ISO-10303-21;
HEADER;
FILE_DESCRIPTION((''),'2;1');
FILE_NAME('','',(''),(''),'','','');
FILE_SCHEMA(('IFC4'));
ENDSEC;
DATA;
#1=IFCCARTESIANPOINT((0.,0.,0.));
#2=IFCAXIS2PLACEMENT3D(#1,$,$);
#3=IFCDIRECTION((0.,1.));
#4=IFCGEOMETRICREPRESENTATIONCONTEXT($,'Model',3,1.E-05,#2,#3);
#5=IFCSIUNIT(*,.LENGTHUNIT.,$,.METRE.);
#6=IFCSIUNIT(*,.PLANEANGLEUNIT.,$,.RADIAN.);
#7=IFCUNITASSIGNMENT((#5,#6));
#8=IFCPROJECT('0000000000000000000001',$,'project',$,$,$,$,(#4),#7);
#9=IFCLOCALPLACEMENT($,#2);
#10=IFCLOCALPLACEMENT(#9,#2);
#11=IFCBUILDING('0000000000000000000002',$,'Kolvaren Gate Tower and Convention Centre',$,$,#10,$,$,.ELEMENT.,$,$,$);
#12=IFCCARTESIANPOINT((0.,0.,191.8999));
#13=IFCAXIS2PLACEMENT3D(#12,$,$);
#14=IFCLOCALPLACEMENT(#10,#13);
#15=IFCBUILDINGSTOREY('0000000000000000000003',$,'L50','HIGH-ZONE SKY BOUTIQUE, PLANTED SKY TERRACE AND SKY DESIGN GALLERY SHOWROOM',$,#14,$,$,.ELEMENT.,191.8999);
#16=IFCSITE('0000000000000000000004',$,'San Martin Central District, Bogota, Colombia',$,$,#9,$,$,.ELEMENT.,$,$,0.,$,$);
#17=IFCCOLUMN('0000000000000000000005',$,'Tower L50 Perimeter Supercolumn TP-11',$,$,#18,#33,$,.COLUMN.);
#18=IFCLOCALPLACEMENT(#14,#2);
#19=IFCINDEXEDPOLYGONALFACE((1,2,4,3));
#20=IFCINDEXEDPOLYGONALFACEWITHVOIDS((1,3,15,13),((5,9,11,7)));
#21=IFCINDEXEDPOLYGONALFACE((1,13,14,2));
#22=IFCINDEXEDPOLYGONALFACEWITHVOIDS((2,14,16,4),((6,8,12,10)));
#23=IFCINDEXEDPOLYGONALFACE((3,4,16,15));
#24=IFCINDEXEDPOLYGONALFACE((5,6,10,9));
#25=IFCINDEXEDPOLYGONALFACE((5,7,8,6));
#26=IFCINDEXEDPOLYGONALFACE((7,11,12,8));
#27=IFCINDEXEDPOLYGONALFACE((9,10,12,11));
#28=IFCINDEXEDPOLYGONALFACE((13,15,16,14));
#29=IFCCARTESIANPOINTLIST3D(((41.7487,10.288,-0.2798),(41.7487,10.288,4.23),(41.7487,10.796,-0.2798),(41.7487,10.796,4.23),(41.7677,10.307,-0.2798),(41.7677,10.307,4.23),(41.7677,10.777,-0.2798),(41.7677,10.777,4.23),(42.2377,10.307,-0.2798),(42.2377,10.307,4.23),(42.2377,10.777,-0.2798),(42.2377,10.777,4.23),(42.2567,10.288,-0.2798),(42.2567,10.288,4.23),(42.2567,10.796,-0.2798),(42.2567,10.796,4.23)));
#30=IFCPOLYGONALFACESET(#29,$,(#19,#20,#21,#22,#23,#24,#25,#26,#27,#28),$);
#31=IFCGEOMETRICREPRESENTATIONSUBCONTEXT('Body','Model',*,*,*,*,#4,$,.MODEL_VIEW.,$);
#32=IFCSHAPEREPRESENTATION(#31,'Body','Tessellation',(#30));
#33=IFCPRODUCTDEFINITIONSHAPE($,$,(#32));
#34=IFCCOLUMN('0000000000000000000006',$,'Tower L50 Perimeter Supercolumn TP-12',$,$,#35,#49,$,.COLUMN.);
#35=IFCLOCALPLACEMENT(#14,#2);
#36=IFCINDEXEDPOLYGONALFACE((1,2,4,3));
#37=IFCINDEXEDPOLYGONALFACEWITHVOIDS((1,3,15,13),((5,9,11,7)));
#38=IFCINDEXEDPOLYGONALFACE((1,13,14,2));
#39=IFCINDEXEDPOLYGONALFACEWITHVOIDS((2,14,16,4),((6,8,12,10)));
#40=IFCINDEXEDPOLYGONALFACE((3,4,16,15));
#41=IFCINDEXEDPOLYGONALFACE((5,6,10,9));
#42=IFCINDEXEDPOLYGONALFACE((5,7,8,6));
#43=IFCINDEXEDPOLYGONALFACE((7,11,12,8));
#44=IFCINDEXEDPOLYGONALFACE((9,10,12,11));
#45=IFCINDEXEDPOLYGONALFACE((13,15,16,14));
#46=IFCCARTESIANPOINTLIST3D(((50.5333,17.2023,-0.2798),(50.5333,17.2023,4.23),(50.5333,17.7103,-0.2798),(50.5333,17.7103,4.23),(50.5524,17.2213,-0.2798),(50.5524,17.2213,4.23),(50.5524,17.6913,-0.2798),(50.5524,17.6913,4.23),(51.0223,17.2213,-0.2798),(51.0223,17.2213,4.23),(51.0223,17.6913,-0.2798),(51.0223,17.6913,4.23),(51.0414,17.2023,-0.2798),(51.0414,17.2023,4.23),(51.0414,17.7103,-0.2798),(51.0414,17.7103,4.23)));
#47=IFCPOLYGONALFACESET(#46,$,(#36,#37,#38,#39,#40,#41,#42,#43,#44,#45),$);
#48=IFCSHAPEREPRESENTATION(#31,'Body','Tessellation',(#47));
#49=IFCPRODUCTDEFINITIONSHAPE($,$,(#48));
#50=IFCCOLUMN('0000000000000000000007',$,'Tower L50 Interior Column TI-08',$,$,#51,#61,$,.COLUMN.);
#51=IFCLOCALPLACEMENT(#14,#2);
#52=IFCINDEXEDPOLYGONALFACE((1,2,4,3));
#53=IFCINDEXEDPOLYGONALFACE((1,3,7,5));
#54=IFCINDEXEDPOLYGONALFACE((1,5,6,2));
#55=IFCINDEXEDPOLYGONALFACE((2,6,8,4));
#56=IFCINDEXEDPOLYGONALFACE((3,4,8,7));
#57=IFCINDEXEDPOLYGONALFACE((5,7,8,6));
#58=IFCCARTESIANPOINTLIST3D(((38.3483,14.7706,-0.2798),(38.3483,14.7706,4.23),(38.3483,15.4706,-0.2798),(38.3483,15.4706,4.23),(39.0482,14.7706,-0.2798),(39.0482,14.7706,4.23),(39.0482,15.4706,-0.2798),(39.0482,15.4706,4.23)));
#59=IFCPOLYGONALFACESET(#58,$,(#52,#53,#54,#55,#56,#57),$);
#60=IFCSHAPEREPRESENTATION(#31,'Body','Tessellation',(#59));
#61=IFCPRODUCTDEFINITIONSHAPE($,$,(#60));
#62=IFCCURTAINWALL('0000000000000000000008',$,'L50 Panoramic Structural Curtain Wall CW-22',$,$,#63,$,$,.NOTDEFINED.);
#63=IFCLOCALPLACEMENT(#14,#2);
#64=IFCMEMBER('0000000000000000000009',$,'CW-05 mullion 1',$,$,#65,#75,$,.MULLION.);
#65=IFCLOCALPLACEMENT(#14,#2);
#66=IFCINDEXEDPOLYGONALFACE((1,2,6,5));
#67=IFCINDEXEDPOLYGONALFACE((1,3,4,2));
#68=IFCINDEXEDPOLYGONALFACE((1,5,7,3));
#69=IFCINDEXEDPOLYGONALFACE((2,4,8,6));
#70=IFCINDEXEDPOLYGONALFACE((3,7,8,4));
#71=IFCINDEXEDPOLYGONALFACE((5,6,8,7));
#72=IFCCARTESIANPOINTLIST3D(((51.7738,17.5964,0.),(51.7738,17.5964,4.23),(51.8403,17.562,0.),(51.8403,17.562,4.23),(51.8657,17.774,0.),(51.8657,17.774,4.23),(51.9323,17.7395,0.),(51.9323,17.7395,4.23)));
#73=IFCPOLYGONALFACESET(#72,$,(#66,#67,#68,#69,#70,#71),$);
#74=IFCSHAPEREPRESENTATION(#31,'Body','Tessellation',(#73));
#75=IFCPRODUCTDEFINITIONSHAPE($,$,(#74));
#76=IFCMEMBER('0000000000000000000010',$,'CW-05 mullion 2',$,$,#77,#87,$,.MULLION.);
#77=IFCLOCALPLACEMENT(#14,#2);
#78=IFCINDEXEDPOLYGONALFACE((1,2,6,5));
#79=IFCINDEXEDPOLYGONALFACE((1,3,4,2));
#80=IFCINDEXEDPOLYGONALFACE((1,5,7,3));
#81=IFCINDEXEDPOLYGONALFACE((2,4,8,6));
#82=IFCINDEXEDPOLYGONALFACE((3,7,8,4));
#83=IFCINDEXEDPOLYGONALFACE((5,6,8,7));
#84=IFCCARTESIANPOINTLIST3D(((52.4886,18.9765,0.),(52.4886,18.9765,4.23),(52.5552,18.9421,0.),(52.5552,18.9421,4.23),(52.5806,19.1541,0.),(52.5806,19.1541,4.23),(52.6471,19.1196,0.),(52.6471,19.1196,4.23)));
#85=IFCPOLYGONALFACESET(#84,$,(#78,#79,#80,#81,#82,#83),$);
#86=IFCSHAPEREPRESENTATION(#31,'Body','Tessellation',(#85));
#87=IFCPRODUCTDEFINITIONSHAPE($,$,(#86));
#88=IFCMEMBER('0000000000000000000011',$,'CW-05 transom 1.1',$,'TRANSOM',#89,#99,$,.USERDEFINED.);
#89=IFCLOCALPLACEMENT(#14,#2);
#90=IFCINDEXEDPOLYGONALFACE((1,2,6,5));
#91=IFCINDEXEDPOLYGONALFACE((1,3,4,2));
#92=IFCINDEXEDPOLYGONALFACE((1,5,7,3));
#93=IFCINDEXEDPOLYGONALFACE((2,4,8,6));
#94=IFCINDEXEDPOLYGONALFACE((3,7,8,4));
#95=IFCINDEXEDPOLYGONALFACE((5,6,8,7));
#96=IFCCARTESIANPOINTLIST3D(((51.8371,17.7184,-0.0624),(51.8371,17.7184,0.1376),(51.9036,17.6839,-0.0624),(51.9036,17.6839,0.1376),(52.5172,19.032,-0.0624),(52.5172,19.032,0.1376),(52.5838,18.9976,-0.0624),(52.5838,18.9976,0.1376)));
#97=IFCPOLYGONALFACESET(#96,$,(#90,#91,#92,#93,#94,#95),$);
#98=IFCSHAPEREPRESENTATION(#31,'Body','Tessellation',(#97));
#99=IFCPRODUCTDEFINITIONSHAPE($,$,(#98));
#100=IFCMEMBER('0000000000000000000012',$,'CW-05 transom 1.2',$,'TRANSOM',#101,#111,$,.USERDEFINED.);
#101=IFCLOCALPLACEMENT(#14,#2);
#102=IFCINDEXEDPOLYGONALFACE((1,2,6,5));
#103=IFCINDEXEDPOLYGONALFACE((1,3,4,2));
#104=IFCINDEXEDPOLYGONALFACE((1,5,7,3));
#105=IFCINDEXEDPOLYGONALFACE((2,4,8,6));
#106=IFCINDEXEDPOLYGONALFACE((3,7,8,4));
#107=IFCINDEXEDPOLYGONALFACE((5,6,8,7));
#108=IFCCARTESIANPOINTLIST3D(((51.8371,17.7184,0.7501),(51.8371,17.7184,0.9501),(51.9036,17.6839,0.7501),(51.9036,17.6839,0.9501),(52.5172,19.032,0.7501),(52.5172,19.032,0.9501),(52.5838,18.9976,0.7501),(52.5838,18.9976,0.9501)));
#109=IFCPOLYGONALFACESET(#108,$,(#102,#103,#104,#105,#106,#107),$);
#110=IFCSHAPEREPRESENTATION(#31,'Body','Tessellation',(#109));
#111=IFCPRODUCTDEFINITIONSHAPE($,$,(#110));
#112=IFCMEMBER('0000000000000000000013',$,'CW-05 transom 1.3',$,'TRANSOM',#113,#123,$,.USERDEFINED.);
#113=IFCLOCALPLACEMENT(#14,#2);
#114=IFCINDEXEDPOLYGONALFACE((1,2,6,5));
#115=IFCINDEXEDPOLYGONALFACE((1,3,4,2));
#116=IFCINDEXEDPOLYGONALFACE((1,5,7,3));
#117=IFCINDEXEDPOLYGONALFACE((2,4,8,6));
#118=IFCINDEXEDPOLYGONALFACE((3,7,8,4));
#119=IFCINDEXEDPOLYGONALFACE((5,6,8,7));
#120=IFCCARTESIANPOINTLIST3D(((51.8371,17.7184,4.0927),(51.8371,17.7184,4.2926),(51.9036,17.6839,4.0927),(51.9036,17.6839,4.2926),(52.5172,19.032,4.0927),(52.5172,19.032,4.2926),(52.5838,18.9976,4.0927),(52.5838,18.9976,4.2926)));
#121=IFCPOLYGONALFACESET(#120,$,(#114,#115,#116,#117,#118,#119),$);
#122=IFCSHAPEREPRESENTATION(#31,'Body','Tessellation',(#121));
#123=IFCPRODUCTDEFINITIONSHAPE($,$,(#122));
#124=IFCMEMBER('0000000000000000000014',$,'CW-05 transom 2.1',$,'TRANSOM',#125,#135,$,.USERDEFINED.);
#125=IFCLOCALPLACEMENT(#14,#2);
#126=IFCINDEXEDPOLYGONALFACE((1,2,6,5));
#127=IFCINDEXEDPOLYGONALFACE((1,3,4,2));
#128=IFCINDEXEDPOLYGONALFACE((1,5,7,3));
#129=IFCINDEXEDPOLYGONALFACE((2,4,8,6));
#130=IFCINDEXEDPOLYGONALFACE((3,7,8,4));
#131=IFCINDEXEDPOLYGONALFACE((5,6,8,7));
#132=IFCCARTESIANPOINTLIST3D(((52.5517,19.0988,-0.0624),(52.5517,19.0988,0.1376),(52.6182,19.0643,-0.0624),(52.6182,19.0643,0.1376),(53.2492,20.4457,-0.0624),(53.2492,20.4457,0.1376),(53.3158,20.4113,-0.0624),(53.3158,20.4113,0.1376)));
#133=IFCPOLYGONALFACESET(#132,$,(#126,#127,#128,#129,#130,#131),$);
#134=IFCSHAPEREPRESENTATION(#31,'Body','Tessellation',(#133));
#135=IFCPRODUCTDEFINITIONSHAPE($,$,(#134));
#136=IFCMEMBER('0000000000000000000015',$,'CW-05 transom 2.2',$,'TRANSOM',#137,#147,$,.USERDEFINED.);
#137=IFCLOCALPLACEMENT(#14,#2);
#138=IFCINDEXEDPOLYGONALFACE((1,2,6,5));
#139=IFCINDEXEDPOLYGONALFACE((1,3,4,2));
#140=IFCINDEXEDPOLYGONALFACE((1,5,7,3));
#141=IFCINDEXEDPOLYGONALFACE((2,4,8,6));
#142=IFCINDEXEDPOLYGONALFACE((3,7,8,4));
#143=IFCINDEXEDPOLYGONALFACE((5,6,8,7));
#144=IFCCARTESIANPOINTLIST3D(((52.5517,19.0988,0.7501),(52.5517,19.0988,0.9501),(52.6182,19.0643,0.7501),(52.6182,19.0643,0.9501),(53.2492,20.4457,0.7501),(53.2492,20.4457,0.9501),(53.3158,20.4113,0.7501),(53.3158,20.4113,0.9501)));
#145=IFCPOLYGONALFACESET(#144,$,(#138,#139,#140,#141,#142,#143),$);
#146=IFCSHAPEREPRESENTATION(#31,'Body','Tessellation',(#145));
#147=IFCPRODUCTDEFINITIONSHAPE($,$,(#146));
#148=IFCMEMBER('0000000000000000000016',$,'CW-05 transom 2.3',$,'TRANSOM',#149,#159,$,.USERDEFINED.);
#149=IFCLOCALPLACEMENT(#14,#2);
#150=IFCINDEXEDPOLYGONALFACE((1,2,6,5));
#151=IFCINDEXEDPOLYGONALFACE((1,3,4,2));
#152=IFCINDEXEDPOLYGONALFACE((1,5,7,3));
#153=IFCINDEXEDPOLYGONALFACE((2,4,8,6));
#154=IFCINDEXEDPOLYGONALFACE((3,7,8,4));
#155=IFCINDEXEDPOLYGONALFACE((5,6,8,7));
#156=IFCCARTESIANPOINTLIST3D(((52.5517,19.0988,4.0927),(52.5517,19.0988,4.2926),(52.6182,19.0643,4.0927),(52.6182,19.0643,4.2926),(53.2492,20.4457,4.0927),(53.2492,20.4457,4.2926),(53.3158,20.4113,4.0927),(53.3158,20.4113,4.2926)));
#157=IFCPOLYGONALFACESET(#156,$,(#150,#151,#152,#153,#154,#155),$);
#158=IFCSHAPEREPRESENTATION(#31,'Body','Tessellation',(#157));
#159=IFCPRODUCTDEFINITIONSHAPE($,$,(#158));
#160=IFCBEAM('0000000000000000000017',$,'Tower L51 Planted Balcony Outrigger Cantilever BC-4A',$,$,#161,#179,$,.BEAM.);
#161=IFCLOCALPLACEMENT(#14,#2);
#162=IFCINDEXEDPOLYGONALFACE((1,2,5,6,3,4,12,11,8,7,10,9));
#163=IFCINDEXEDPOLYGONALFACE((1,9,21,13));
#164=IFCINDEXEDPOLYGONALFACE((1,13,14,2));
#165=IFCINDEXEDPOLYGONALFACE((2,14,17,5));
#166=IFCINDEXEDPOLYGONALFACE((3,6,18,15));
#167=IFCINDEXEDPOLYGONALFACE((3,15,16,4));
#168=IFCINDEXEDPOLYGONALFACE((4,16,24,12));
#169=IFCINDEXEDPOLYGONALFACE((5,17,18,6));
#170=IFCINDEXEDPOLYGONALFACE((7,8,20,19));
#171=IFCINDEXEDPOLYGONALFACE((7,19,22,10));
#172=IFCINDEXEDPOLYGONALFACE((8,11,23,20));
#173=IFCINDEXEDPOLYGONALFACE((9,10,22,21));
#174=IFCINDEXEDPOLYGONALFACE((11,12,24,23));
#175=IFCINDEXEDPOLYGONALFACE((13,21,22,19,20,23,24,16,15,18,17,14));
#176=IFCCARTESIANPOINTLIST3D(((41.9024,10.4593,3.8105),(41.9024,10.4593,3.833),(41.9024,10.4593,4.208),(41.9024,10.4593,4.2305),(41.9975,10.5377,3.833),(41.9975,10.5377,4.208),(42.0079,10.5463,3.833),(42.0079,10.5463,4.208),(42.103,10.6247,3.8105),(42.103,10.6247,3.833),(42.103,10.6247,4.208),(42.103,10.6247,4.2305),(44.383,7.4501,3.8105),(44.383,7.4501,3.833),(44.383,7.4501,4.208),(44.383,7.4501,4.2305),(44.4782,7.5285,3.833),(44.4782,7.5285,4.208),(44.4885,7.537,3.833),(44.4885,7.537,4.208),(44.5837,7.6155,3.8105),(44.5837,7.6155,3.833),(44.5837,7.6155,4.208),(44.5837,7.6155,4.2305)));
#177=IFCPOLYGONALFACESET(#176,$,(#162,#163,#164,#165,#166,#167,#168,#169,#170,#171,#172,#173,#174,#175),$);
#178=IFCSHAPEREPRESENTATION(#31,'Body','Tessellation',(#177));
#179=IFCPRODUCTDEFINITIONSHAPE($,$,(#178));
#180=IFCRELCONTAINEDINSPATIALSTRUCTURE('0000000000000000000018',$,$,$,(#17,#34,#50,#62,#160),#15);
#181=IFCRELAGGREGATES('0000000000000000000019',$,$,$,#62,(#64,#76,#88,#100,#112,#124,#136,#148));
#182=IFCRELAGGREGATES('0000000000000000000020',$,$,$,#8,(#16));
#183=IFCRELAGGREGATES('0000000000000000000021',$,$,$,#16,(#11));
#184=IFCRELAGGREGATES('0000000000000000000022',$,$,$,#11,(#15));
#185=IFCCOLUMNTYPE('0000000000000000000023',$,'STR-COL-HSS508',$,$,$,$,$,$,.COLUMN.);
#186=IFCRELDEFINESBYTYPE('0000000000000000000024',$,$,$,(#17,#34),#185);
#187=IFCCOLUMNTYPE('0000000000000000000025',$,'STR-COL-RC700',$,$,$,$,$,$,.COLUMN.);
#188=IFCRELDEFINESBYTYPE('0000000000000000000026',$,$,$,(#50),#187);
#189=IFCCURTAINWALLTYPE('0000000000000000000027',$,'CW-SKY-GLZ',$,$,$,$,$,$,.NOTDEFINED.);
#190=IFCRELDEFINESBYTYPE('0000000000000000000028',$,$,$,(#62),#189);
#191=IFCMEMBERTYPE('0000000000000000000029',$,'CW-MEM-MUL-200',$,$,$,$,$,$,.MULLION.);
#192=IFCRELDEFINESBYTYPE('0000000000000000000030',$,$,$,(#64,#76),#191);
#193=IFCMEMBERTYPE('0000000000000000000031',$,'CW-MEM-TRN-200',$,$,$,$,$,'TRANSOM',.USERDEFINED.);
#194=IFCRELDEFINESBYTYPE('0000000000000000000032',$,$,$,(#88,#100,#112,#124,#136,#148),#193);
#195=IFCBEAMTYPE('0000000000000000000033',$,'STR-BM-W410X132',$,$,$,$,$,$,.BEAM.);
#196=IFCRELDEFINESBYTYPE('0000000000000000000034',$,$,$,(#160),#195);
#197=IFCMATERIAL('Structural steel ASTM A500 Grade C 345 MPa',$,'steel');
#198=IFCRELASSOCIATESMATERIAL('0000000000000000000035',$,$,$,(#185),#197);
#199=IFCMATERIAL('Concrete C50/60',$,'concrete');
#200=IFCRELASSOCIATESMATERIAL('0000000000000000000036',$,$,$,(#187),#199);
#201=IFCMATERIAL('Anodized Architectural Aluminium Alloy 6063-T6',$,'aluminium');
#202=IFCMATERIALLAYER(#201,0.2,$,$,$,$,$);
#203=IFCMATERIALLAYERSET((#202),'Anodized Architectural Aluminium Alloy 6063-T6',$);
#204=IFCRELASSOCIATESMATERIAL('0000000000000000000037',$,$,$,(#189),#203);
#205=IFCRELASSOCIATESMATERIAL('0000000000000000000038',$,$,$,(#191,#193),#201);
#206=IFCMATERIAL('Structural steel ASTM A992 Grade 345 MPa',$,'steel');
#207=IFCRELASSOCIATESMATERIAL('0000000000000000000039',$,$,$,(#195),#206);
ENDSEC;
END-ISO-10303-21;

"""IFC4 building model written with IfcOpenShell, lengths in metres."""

from ifc_helpers import new_model, si_unit, direction, frame, origin, origin_2d, place, context, subcontext, project, spatial, rectangle, hollow_rectangle, i_section, extrude, material, layer, layer_set, material_profile, profile_set, type_object, element, aggregate, save


model = new_model("IFC4")

# Units and contexts
model_context = context("Model", 3, precision=1e-05, world=origin(), true_north=direction((0.0, 1.0)))
body_context = subcontext(model_context, "Body", "Model", "MODEL_VIEW")
ifc_project = project(units=[si_unit("LENGTHUNIT", "METRE"), si_unit("PLANEANGLEUNIT", "RADIAN")], contexts=[model_context])

# Site, building, storey
site_placement = place(None, origin())
site = spatial("IfcSite", under=ifc_project, at=site_placement, Name="San Martin Central District, Bogota, Colombia", CompositionType="ELEMENT", RefElevation=0.0)
building_placement = place(site_placement, origin())
building = spatial("IfcBuilding", under=site, at=building_placement, Name="Kolvaren Gate Tower and Convention Centre", CompositionType="ELEMENT")
storey_placement = place(building_placement, frame((0.0, 0.0, 191.8999)))
storey = spatial("IfcBuildingStorey", under=building, at=storey_placement, Name="L50", Description="HIGH-ZONE SKY BOUTIQUE, PLANTED SKY TERRACE AND SKY DESIGN GALLERY SHOWROOM", CompositionType="ELEMENT", Elevation=191.8999)

# Columns
ifc_material_1 = material(Name="Structural steel ASTM A500 Grade C 345 MPa", Category="steel")
ifc_material_profile_1 = material_profile(ifc_material_1, hollow_rectangle(XDim=0.5081, YDim=0.5081, WallThickness=0.019, at=origin_2d()), Name="HSS508X508X19.1")
ifc_profile_set_1 = profile_set([ifc_material_profile_1], Name="Structural steel ASTM A500 Grade C 345 MPa")
column_type_1 = type_object("IfcColumnType", Name="STR-COL-HSS508", PredefinedType="COLUMN", material=ifc_profile_set_1)
for number, where, z_axis, x_axis, name in (
    (1, (42.0027, 10.542, -0.2798), (0.0, 0.0, 1.0), (1.0, 0.0, 0.0), "Tower L50 Perimeter Supercolumn TP-11"),
    (2, (50.7874, 17.4563, -0.2798), (0.0, 0.0, 1.0), (1.0, 0.0, 0.0), "Tower L50 Perimeter Supercolumn TP-12"),
):
    element("IfcColumn", number, at=place(storey_placement, frame(where, z_axis=z_axis, x_axis=x_axis)), inside=storey, type_object=column_type_1, Name=name, PredefinedType="COLUMN", context=body_context, shape_type="SweptSolid", body=[
        extrude(hollow_rectangle(XDim=0.5081, YDim=0.5081, WallThickness=0.019, at=origin_2d()), origin(), (0.0, 0.0, 1.0), 4.5098),
    ])
ifc_material_2 = material(Name="Concrete C50/60", Category="concrete")
ifc_material_profile_2 = material_profile(ifc_material_2, rectangle(XDim=0.7, YDim=0.7, at=origin_2d()), Name="RC-COL-700X700")
ifc_profile_set_2 = profile_set([ifc_material_profile_2], Name="Concrete C50/60")
column_type_2 = type_object("IfcColumnType", Name="STR-COL-RC700", PredefinedType="COLUMN", material=ifc_profile_set_2)
column_placement = place(storey_placement, frame((38.6982, 15.1206, -0.2798), z_axis=(0.0, 0.0, 1.0), x_axis=(1.0, 0.0, 0.0)))
element("IfcColumn", 3, at=column_placement, inside=storey, type_object=column_type_2, Name="Tower L50 Interior Column TI-08", PredefinedType="COLUMN", context=body_context, shape_type="SweptSolid", body=[
    extrude(rectangle(XDim=0.7, YDim=0.7, at=origin_2d()), origin(), (0.0, 0.0, 1.0), 4.5098),
])

# Curtain wall, members
ifc_material_3 = material(Name="Anodized Architectural Aluminium Alloy 6063-T6", Category="aluminium")
ifc_layer_1 = layer(ifc_material_3, 0.2)
ifc_layer_set_1 = layer_set([ifc_layer_1], Name="Anodized Architectural Aluminium Alloy 6063-T6")
curtain_wall_type = type_object("IfcCurtainWallType", Name="CW-SKY-GLZ", PredefinedType="NOTDEFINED", material=ifc_layer_set_1)
curtain_wall_placement = place(storey_placement, origin())
curtain_wall = element("IfcCurtainWall", 4, at=curtain_wall_placement, inside=storey, type_object=curtain_wall_type, Name="L50 Panoramic Structural Curtain Wall CW-22", PredefinedType="NOTDEFINED")
ifc_material_profile_3 = material_profile(ifc_material_3, rectangle(XDim=0.075, YDim=0.2, at=origin_2d()), Name="CW-MEM-MUL-200")
ifc_profile_set_3 = profile_set([ifc_material_profile_3], Name="Anodized Architectural Aluminium Alloy 6063-T6")
member_type_1 = type_object("IfcMemberType", Name="CW-MEM-MUL-200", PredefinedType="MULLION", material=ifc_profile_set_3)
member_1_placement = place(storey_placement, frame((51.853, 17.668, 0.0), z_axis=(0.0, 0.0, 1.0), x_axis=(-0.888023, 0.4598, 0.0)))
member_1 = element("IfcMember", 5, at=member_1_placement, type_object=member_type_1, Name="CW-05 mullion 1", PredefinedType="MULLION", context=body_context, shape_type="SweptSolid", body=[
    extrude(rectangle(XDim=0.075, YDim=0.2, at=origin_2d()), origin(), (0.0, 0.0, 1.0), 4.23),
])
member_2_placement = place(storey_placement, frame((52.5679, 19.0481, 0.0), z_axis=(0.0, 0.0, 1.0), x_axis=(-0.888023, 0.4598, 0.0)))
member_2 = element("IfcMember", 6, at=member_2_placement, type_object=member_type_1, Name="CW-05 mullion 2", PredefinedType="MULLION", context=body_context, shape_type="SweptSolid", body=[
    extrude(rectangle(XDim=0.075, YDim=0.2, at=origin_2d()), origin(), (0.0, 0.0, 1.0), 4.23),
])
ifc_material_profile_4 = material_profile(ifc_material_3, rectangle(XDim=0.075, YDim=0.2, at=origin_2d()), Name="CW-MEM-TRN-200")
ifc_profile_set_4 = profile_set([ifc_material_profile_4], Name="Anodized Architectural Aluminium Alloy 6063-T6")
member_type_2 = type_object("IfcMemberType", Name="CW-MEM-TRN-200", ElementType="TRANSOM", PredefinedType="USERDEFINED", material=ifc_profile_set_4)
member_3_placement = place(storey_placement, frame((51.8704, 17.7012, 0.0376), z_axis=(0.459778, 0.888034, 0.0), x_axis=(-0.888034, 0.459778, 0.0)))
member_3 = element("IfcMember", 7, at=member_3_placement, type_object=member_type_2, Name="CW-05 transom 1.1", ObjectType="TRANSOM", PredefinedType="USERDEFINED", context=body_context, shape_type="SweptSolid", body=[
    extrude(rectangle(XDim=0.075, YDim=0.2, at=origin_2d()), origin(), (0.0, 0.0, 1.0), 1.4792),
])
member_4_placement = place(storey_placement, frame((51.8704, 17.7012, 0.8501), z_axis=(0.459778, 0.888034, 0.0), x_axis=(-0.888034, 0.459778, 0.0)))
member_4 = element("IfcMember", 8, at=member_4_placement, type_object=member_type_2, Name="CW-05 transom 1.2", ObjectType="TRANSOM", PredefinedType="USERDEFINED", context=body_context, shape_type="SweptSolid", body=[
    extrude(rectangle(XDim=0.075, YDim=0.2, at=origin_2d()), origin(), (0.0, 0.0, 1.0), 1.4792),
])
member_5_placement = place(storey_placement, frame((51.8704, 17.7012, 4.1926), z_axis=(0.459778, 0.888034, 0.0), x_axis=(-0.888034, 0.459778, 0.0)))
member_5 = element("IfcMember", 9, at=member_5_placement, type_object=member_type_2, Name="CW-05 transom 1.3", ObjectType="TRANSOM", PredefinedType="USERDEFINED", context=body_context, shape_type="SweptSolid", body=[
    extrude(rectangle(XDim=0.075, YDim=0.2, at=origin_2d()), origin(), (0.0, 0.0, 1.0), 1.4792),
])
member_6_placement = place(storey_placement, frame((52.585, 19.0815, 0.0376), z_axis=(0.459852, 0.887996, 0.0), x_axis=(-0.887996, 0.459852, 0.0)))
member_6 = element("IfcMember", 10, at=member_6_placement, type_object=member_type_2, Name="CW-05 transom 2.1", ObjectType="TRANSOM", PredefinedType="USERDEFINED", context=body_context, shape_type="SweptSolid", body=[
    extrude(rectangle(XDim=0.075, YDim=0.2, at=origin_2d()), origin(), (0.0, 0.0, 1.0), 1.5168),
])
member_7_placement = place(storey_placement, frame((52.585, 19.0815, 0.8501), z_axis=(0.459852, 0.887996, 0.0), x_axis=(-0.887996, 0.459852, 0.0)))
member_7 = element("IfcMember", 11, at=member_7_placement, type_object=member_type_2, Name="CW-05 transom 2.2", ObjectType="TRANSOM", PredefinedType="USERDEFINED", context=body_context, shape_type="SweptSolid", body=[
    extrude(rectangle(XDim=0.075, YDim=0.2, at=origin_2d()), origin(), (0.0, 0.0, 1.0), 1.5168),
])
member_8_placement = place(storey_placement, frame((52.585, 19.0815, 4.1926), z_axis=(0.459852, 0.887996, 0.0), x_axis=(-0.887996, 0.459852, 0.0)))
member_8 = element("IfcMember", 12, at=member_8_placement, type_object=member_type_2, Name="CW-05 transom 2.3", ObjectType="TRANSOM", PredefinedType="USERDEFINED", context=body_context, shape_type="SweptSolid", body=[
    extrude(rectangle(XDim=0.075, YDim=0.2, at=origin_2d()), origin(), (0.0, 0.0, 1.0), 1.5168),
])

# Beam
ifc_material_4 = material(Name="Structural steel ASTM A992 Grade 345 MPa", Category="steel")
ifc_material_profile_5 = material_profile(ifc_material_4, i_section(OverallWidth=0.26, OverallDepth=0.4199, WebThickness=0.0134, FlangeThickness=0.0225, at=origin_2d()), Name="W410X132")
ifc_profile_set_5 = profile_set([ifc_material_profile_5], Name="Structural steel ASTM A992 Grade 345 MPa")
beam_type_1 = type_object("IfcBeamType", Name="STR-BM-W410X132", PredefinedType="BEAM", material=ifc_profile_set_5)
for number, where, z_axis, x_axis, name in (
    (13, (42.0027, 10.542, 4.0205), (0.636087, -0.771618, 0.0), (0.771618, 0.636087, 0.0), "Tower L51 Planted Balcony Outrigger Cantilever BC-4A"),
):
    element("IfcBeam", number, at=place(storey_placement, frame(where, z_axis=z_axis, x_axis=x_axis)), inside=storey, type_object=beam_type_1, Name=name, PredefinedType="BEAM", context=body_context, shape_type="SweptSolid", body=[
        extrude(i_section(OverallWidth=0.26, OverallDepth=0.4199, WebThickness=0.0134, FlangeThickness=0.0225, at=origin_2d()), origin(), (0.0, 0.0, 1.0), 3.8999),
    ])

aggregate(curtain_wall, [member_1, member_2, member_3, member_4, member_5, member_6, member_7, member_8])

save(model, "model.ifc")
